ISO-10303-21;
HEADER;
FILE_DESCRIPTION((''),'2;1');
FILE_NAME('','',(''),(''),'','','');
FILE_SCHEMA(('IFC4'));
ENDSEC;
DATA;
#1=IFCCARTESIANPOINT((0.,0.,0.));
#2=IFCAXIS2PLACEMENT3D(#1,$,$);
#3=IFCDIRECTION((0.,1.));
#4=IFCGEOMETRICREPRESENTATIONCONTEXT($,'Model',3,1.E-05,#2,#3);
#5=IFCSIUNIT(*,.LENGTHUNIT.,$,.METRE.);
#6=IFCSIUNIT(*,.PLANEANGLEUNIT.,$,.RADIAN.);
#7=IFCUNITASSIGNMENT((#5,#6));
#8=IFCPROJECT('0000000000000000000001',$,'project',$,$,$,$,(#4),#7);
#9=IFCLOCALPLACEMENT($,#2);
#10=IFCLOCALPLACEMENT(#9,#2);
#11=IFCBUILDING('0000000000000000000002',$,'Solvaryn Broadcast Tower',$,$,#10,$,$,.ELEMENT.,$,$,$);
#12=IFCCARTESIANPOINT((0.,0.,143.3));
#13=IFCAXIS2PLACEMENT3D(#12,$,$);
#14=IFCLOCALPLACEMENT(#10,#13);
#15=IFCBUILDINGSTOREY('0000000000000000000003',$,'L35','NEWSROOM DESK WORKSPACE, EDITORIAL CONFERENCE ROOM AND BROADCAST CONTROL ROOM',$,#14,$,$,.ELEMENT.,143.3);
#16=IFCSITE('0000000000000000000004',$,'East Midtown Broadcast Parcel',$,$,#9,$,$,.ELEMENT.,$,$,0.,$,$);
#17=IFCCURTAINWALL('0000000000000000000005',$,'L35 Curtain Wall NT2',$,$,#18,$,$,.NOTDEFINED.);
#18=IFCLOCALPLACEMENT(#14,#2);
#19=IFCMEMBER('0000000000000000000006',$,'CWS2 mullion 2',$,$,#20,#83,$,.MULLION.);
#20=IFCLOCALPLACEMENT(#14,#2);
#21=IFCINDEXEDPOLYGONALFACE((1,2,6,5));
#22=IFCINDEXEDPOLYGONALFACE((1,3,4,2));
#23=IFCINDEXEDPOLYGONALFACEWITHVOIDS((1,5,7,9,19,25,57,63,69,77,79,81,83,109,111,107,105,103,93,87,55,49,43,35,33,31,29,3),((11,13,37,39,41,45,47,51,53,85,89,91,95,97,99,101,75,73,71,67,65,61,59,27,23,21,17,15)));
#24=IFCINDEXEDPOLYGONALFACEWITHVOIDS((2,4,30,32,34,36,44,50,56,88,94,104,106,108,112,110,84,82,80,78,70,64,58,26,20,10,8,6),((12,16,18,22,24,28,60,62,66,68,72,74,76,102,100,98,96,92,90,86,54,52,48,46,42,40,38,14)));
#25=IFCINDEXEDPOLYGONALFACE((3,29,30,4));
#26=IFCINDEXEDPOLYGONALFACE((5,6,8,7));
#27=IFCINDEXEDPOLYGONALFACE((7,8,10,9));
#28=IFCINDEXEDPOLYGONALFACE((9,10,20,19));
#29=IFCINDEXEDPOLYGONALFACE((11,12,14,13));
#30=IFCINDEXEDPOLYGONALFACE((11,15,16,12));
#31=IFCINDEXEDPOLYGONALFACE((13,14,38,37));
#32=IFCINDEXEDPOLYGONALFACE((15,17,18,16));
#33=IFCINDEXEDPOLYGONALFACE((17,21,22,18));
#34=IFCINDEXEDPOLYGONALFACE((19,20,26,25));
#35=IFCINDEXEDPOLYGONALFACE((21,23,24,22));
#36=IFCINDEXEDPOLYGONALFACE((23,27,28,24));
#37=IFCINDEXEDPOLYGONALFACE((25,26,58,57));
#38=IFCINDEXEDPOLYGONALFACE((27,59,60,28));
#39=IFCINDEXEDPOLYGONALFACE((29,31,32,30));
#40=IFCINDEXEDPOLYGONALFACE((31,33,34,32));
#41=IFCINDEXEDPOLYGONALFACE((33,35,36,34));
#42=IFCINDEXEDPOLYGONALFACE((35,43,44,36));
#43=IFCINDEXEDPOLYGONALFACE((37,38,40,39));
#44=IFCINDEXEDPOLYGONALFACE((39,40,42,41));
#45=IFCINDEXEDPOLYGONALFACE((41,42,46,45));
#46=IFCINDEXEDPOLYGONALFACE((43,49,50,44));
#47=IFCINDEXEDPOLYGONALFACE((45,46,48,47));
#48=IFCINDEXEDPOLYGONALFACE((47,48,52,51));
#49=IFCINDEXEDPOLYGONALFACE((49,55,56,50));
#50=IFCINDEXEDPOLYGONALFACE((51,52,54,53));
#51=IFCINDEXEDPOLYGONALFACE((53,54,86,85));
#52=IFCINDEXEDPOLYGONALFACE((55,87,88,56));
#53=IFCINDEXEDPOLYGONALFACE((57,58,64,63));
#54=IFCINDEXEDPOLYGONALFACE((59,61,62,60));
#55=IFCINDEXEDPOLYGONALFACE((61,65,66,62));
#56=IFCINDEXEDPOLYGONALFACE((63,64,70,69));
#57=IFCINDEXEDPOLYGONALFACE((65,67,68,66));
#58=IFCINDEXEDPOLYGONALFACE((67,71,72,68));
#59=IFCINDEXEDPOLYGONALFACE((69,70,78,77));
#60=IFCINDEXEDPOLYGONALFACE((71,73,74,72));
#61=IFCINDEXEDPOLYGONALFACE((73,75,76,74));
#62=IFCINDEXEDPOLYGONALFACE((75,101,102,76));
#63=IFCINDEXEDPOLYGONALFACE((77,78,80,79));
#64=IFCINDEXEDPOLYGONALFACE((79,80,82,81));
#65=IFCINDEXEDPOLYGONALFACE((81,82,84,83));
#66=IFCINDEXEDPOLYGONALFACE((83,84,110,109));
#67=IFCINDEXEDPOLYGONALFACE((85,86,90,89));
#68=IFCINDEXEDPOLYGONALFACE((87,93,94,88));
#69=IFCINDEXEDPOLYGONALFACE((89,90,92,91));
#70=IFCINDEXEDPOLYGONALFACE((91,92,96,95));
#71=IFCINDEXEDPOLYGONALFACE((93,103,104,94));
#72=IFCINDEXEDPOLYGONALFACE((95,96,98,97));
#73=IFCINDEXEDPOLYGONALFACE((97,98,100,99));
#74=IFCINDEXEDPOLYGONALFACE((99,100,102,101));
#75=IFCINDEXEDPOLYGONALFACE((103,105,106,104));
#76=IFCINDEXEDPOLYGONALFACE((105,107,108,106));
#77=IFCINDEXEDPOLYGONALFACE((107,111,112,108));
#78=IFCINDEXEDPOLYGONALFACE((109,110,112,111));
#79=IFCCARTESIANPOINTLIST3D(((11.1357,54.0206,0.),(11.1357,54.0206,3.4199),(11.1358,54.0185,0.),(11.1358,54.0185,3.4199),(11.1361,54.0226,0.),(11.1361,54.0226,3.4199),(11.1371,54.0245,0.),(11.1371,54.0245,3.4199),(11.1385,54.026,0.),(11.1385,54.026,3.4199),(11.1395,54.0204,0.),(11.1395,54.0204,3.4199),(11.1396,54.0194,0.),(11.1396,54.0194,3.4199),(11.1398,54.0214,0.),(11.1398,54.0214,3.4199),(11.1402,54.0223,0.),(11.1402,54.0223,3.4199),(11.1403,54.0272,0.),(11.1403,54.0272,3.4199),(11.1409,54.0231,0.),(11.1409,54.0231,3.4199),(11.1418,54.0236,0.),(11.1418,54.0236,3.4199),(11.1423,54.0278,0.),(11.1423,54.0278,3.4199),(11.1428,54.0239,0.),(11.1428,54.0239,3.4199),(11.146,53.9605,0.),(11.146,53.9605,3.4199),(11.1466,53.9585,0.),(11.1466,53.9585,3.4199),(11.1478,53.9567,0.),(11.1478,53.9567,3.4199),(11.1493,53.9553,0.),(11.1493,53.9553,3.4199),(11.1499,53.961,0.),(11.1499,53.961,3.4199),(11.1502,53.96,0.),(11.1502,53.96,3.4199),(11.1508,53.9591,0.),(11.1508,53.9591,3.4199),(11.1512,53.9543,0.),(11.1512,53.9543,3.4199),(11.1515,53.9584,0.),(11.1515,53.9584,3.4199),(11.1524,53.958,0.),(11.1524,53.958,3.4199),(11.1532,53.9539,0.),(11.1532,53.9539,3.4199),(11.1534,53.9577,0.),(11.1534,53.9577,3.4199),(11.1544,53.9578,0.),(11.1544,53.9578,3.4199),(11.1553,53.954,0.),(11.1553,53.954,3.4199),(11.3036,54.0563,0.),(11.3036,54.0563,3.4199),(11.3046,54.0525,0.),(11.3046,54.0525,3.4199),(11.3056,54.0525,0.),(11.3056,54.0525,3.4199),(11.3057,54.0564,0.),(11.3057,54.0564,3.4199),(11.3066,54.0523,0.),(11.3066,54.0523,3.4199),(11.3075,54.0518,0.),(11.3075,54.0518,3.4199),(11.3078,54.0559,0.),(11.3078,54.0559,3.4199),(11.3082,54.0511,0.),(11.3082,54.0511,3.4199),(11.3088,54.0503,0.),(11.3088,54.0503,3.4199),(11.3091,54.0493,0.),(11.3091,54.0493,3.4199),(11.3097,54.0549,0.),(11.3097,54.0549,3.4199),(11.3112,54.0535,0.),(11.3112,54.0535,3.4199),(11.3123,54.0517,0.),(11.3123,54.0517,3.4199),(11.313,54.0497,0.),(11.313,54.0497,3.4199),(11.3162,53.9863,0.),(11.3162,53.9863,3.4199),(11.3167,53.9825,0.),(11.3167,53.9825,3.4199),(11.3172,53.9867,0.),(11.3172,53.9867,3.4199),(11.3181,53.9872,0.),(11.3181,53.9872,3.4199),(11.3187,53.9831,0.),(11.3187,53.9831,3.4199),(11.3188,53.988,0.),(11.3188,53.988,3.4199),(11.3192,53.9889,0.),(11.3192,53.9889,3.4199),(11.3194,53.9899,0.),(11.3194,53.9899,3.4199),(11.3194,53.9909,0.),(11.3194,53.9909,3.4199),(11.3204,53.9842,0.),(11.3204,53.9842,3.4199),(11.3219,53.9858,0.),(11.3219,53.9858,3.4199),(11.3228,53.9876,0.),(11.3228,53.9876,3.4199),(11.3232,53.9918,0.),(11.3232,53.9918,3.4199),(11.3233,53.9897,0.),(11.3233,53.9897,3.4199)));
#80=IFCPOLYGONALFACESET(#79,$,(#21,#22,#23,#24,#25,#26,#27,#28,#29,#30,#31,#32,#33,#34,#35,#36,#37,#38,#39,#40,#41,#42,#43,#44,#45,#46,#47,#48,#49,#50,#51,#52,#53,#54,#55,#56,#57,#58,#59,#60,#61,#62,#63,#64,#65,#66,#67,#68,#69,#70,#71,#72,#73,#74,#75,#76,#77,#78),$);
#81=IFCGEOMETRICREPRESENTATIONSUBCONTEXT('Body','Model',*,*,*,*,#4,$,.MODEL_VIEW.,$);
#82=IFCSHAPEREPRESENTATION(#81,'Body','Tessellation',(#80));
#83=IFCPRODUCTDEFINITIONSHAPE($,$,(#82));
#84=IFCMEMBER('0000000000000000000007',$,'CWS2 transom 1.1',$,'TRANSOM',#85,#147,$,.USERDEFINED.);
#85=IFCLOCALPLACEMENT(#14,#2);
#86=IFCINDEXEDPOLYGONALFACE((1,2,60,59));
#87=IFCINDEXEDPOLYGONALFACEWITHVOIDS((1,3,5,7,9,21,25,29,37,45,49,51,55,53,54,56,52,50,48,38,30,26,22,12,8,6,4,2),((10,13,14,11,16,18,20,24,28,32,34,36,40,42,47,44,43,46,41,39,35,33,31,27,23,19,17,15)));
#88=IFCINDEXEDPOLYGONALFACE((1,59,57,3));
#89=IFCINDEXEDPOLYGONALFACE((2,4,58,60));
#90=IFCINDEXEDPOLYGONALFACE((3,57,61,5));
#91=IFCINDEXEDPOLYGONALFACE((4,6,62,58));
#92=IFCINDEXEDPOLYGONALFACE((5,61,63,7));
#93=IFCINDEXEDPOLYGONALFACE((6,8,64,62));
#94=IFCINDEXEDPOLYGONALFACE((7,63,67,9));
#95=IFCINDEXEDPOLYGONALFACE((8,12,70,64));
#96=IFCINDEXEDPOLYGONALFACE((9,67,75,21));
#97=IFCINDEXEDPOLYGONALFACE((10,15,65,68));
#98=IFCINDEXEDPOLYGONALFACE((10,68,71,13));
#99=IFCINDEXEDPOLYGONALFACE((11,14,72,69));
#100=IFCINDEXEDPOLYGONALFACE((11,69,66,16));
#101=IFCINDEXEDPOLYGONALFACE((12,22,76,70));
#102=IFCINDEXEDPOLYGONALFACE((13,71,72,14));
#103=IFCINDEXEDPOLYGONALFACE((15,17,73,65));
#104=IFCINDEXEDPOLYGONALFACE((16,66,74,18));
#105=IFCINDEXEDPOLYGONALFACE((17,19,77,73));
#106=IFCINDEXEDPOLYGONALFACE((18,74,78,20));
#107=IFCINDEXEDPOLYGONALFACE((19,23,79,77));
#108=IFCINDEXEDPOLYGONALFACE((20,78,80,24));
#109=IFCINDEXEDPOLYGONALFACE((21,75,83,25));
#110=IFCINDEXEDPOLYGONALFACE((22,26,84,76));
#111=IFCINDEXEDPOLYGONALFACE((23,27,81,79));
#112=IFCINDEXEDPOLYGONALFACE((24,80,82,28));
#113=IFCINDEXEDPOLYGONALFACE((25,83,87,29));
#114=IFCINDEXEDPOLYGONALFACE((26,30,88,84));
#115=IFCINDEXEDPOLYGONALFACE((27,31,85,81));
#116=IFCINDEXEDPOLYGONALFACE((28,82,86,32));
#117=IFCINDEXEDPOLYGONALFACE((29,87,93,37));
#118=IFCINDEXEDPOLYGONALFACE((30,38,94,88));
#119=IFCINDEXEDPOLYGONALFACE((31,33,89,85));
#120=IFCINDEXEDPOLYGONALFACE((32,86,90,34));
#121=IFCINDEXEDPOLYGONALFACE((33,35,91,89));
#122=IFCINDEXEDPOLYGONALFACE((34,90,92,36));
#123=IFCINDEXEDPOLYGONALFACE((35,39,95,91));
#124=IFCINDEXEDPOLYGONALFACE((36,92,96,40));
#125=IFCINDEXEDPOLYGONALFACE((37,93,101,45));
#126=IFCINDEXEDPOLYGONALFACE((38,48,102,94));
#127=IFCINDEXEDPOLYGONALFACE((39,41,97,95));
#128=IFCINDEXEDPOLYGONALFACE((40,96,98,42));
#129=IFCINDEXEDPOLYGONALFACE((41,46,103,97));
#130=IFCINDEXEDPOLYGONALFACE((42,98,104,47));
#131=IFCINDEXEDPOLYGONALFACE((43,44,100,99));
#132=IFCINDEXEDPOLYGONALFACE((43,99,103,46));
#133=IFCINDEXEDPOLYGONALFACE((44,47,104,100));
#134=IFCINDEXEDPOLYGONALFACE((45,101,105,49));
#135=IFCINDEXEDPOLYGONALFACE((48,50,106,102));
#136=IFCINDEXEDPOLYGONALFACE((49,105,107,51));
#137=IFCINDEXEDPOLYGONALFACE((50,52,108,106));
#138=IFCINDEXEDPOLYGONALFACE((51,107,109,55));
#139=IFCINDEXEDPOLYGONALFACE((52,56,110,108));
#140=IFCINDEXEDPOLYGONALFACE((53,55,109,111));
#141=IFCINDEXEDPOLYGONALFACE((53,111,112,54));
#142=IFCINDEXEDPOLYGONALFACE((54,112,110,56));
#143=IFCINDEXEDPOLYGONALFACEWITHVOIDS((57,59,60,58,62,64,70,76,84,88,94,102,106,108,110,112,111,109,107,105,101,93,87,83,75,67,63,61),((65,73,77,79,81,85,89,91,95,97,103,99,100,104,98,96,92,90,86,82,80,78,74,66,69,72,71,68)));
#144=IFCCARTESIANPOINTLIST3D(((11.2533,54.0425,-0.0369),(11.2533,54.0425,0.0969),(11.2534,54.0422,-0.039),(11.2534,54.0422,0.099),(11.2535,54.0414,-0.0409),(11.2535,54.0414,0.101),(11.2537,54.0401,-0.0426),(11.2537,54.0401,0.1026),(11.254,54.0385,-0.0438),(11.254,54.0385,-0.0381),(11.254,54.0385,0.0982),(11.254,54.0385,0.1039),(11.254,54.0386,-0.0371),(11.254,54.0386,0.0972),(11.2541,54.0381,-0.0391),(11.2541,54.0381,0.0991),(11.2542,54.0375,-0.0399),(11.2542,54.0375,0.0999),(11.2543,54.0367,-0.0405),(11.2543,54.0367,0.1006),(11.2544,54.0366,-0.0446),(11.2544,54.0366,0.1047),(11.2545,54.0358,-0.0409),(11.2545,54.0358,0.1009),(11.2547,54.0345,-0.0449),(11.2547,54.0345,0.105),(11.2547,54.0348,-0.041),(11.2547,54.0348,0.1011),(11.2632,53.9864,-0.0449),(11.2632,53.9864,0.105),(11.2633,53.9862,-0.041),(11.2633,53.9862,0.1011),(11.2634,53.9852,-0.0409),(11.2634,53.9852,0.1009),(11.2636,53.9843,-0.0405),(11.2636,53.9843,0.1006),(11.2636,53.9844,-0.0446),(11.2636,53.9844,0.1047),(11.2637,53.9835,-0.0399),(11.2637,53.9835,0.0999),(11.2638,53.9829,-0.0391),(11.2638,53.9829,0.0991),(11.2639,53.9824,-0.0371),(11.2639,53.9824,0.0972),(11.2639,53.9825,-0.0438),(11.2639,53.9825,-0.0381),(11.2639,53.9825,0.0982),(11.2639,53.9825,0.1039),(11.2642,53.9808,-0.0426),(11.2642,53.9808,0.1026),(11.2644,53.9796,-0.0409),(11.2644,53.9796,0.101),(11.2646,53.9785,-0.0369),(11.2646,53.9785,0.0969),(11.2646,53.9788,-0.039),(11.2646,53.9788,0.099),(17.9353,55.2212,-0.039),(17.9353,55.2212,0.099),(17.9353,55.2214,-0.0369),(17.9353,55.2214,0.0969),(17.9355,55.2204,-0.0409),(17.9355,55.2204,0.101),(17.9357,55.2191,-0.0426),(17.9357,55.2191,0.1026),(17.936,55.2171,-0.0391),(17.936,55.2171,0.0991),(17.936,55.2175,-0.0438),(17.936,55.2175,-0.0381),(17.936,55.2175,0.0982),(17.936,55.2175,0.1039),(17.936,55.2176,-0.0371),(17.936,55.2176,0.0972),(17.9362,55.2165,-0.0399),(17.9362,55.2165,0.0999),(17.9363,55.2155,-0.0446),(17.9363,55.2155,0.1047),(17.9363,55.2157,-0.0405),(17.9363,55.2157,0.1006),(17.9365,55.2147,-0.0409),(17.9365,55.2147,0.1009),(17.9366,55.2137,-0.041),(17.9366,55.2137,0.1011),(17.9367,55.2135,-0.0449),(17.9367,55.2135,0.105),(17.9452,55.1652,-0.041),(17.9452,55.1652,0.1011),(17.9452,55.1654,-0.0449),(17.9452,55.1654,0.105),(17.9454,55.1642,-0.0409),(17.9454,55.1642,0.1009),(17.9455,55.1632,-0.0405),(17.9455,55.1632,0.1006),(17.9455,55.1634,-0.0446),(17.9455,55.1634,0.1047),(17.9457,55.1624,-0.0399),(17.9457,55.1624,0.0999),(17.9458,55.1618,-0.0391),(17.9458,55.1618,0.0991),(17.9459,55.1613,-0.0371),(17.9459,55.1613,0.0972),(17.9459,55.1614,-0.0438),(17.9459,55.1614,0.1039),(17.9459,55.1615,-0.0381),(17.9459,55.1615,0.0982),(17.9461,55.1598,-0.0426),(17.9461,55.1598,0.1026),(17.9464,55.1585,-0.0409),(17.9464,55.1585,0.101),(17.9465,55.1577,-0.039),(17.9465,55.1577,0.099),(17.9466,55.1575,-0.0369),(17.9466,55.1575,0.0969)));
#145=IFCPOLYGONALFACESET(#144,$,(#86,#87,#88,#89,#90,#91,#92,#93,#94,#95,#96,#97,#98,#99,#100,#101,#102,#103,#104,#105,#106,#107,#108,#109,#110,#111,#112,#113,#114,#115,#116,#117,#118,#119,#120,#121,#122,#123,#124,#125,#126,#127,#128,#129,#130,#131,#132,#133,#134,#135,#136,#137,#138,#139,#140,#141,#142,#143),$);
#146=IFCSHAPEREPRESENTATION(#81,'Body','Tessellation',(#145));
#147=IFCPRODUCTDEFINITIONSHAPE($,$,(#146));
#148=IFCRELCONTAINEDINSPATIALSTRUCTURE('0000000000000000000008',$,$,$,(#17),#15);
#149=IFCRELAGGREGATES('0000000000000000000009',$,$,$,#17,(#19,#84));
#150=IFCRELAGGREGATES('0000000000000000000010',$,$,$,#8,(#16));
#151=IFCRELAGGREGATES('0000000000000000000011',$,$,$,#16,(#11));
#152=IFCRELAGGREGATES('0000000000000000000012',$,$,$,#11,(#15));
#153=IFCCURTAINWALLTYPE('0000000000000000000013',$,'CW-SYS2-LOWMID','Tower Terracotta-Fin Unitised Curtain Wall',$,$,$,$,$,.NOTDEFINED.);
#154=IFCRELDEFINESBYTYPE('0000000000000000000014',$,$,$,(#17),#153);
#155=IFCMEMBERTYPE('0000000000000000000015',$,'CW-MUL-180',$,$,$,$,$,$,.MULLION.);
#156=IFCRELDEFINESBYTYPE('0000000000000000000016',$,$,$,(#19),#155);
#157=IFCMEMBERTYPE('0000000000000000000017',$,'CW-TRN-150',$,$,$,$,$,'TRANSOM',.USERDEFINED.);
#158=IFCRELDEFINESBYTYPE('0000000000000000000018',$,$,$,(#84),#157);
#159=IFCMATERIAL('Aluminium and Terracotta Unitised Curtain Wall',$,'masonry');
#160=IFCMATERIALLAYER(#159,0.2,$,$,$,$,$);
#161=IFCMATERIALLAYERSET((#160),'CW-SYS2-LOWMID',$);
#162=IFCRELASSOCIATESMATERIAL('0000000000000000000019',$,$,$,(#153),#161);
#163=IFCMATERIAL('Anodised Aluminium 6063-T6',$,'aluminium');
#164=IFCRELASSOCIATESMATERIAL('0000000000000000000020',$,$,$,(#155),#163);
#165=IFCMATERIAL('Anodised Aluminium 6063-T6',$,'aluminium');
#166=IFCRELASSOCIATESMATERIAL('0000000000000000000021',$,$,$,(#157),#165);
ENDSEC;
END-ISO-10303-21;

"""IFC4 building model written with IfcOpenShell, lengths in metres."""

from ifc_helpers import new_model, si_unit, direction, frame, origin, origin_2d, place, context, subcontext, project, spatial, hollow_rectangle, extrude, material, layer, layer_set, material_profile, profile_set, type_object, element, aggregate, save


model = new_model("IFC4")

# Units and contexts
model_context = context("Model", 3, precision=1e-05, world=origin(), true_north=direction((0.0, 1.0)))
body_context = subcontext(model_context, "Body", "Model", "MODEL_VIEW")
ifc_project = project(units=[si_unit("LENGTHUNIT", "METRE"), si_unit("PLANEANGLEUNIT", "RADIAN")], contexts=[model_context])

# Site, building, storey
site_placement = place(None, origin())
site = spatial("IfcSite", under=ifc_project, at=site_placement, Name="East Midtown Broadcast Parcel", CompositionType="ELEMENT", RefElevation=0.0)
building_placement = place(site_placement, origin())
building = spatial("IfcBuilding", under=site, at=building_placement, Name="Solvaryn Broadcast Tower", CompositionType="ELEMENT")
storey_placement = place(building_placement, frame((0.0, 0.0, 143.3)))
storey = spatial("IfcBuildingStorey", under=building, at=storey_placement, Name="L35", Description="NEWSROOM DESK WORKSPACE, EDITORIAL CONFERENCE ROOM AND BROADCAST CONTROL ROOM", CompositionType="ELEMENT", Elevation=143.3)

# Shared definitions
ifc_material_1 = material(Name="Aluminium and Terracotta Unitised Curtain Wall", Category="masonry")
ifc_layer_1 = layer(ifc_material_1, 0.2)
ifc_layer_set_1 = layer_set([ifc_layer_1], Name="CW-SYS2-LOWMID")
curtain_wall_type = type_object("IfcCurtainWallType", Name="CW-SYS2-LOWMID", Description="Tower Terracotta-Fin Unitised Curtain Wall", PredefinedType="NOTDEFINED", material=ifc_layer_set_1)
ifc_material_2 = material(Name="Anodised Aluminium 6063-T6", Category="aluminium")
ifc_material_profile_1 = material_profile(ifc_material_2, hollow_rectangle(XDim=0.075, YDim=0.1799, WallThickness=0.0039, InnerFilletRadius=0.0039, OuterFilletRadius=0.0081, at=origin_2d()))
ifc_profile_set_1 = profile_set([ifc_material_profile_1], Name="Anodised Aluminium 6063-T6")
member_type_1 = type_object("IfcMemberType", Name="CW-MUL-180", PredefinedType="MULLION", material=ifc_profile_set_1)

# Curtain wall, members
curtain_wall_1_placement = place(storey_placement, origin())
curtain_wall_1 = element("IfcCurtainWall", 1, at=curtain_wall_1_placement, inside=storey, type_object=curtain_wall_type, Name="L35 Curtain Wall NT2", PredefinedType="NOTDEFINED")
member_1_placement = place(storey_placement, frame((11.2295, 54.0051, 0.0), z_axis=(0.0, 0.0, 1.0), x_axis=(0.173785, -0.984784, 0.0)))
member_1 = element("IfcMember", 2, at=member_1_placement, type_object=member_type_1, Name="CWS2 mullion 2", PredefinedType="MULLION", context=body_context, shape_type="SweptSolid", body=[
    extrude(hollow_rectangle(XDim=0.075, YDim=0.1799, WallThickness=0.0039, InnerFilletRadius=0.0039, OuterFilletRadius=0.0081, at=origin_2d()), origin(), (0.0, 0.0, 1.0), 3.4199),
])
ifc_material_3 = material(Name="Anodised Aluminium 6063-T6", Category="aluminium")
ifc_material_profile_2 = material_profile(ifc_material_3, hollow_rectangle(XDim=0.0649, YDim=0.1499, WallThickness=0.0039, InnerFilletRadius=0.0039, OuterFilletRadius=0.0081, at=origin_2d()))
ifc_profile_set_2 = profile_set([ifc_material_profile_2], Name="Anodised Aluminium 6063-T6")
member_type_2 = type_object("IfcMemberType", Name="CW-TRN-150", ElementType="TRANSOM", PredefinedType="USERDEFINED", material=ifc_profile_set_2)
member_2_placement = place(storey_placement, frame((17.9409, 55.1895, 0.03), z_axis=(-0.984789, -0.173757, 0.0), x_axis=(0.173757, -0.984789, 0.0)))
member_2 = element("IfcMember", 3, at=member_2_placement, type_object=member_type_2, Name="CWS2 transom 1.1", ObjectType="TRANSOM", PredefinedType="USERDEFINED", context=body_context, shape_type="SweptSolid", body=[
    extrude(hollow_rectangle(XDim=0.0649, YDim=0.1499, WallThickness=0.0039, InnerFilletRadius=0.0039, OuterFilletRadius=0.0081, at=origin_2d()), origin(), (0.0, 0.0, 1.0), 6.7852),
])

aggregate(curtain_wall_1, [member_1, member_2])

save(model, "model.ifc")
